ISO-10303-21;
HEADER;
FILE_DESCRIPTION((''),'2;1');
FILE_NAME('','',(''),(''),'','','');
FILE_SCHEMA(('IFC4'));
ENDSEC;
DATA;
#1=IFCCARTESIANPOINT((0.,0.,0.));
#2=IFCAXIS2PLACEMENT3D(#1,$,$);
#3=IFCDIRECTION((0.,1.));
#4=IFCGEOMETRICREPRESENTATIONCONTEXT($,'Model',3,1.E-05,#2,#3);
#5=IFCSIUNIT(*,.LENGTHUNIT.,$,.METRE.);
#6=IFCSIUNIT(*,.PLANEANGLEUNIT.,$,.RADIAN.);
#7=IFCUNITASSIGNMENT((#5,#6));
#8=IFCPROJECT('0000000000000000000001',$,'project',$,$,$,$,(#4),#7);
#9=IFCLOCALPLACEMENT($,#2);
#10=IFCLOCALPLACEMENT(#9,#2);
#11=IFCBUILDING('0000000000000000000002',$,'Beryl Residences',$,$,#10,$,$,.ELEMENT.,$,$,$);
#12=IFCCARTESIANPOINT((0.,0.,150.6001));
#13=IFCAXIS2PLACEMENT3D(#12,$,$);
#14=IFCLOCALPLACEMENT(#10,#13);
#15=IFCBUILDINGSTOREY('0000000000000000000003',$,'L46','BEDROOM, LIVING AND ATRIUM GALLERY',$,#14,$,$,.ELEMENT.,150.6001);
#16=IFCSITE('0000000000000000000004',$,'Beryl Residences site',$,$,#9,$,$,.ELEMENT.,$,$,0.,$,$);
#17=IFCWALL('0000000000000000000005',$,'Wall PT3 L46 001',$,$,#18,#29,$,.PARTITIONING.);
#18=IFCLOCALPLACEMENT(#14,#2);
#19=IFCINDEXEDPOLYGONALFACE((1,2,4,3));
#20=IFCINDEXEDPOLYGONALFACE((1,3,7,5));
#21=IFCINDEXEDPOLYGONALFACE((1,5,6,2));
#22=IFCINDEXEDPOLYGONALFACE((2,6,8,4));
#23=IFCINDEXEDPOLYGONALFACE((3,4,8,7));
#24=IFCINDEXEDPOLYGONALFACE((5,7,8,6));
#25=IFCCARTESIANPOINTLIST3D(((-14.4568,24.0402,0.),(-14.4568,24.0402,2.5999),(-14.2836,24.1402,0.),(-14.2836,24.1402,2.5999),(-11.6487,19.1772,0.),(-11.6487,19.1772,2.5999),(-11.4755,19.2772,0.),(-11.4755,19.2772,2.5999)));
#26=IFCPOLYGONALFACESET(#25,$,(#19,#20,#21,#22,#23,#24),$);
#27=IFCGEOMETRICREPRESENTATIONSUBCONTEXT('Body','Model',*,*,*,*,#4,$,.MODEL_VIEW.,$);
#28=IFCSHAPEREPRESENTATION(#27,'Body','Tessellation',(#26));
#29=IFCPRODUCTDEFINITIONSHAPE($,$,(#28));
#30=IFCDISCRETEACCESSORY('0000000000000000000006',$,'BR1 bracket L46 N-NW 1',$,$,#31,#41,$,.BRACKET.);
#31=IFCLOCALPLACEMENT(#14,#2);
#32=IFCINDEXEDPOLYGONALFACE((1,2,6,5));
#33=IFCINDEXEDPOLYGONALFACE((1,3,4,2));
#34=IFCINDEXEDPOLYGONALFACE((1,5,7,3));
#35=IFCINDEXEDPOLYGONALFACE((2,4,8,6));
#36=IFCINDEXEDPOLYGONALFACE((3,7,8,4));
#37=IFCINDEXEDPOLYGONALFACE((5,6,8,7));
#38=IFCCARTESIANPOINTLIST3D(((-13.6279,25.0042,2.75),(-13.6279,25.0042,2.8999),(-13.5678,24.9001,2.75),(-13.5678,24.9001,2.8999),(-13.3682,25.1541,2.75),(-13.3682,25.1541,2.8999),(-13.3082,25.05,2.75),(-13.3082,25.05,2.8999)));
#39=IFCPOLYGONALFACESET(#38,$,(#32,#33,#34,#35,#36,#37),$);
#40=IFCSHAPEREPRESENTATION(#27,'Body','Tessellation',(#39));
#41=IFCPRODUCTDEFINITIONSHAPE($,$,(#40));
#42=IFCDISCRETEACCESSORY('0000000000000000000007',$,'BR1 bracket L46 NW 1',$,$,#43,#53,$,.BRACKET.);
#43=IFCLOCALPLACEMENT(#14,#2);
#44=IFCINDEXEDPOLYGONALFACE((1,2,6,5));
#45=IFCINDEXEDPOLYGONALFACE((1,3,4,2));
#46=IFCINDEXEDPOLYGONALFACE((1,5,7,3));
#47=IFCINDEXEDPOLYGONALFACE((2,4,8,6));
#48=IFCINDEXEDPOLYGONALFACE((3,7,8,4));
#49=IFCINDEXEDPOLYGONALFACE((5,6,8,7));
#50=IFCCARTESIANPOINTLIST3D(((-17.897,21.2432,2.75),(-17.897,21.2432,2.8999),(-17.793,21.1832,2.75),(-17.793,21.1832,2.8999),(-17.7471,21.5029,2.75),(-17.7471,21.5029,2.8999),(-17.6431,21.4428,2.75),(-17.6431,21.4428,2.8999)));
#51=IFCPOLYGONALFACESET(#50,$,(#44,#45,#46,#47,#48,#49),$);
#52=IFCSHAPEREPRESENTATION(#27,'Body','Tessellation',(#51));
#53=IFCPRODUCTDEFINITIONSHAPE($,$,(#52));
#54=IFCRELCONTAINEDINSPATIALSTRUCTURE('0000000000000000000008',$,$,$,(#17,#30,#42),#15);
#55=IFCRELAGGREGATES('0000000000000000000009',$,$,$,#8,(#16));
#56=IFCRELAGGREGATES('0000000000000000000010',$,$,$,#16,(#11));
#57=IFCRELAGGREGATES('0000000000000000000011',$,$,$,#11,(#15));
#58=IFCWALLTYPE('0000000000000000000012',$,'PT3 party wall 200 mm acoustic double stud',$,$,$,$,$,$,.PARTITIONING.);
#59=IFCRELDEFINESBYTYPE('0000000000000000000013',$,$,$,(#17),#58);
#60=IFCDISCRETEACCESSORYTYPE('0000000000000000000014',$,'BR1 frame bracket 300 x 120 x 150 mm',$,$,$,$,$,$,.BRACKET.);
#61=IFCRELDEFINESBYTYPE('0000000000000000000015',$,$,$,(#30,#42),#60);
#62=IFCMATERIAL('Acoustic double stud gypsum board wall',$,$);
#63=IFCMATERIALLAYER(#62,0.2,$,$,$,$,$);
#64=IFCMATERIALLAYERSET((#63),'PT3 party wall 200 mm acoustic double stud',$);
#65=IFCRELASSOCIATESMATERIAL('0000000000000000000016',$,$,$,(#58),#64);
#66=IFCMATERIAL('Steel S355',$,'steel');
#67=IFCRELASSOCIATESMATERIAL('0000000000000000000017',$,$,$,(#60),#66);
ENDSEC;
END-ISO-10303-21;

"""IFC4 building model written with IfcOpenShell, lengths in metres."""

from ifc_helpers import new_model, si_unit, direction, frame, frame_2d, origin, place, context, subcontext, project, spatial, polyline, rectangle, outline, extrude, source, transform, mapped, material, layer, layer_set, type_object, type_shapes, element, save


model = new_model("IFC4")

# Units and contexts
model_context = context("Model", 3, precision=1e-05, world=origin(), true_north=direction((0.0, 1.0)))
body_context = subcontext(model_context, "Body", "Model", "MODEL_VIEW")
ifc_project = project(units=[si_unit("LENGTHUNIT", "METRE"), si_unit("PLANEANGLEUNIT", "RADIAN")], contexts=[model_context])

# Site, building, storey
site_placement = place(None, origin())
site = spatial("IfcSite", under=ifc_project, at=site_placement, Name="Beryl Residences site", CompositionType="ELEMENT", RefElevation=0.0)
building_placement = place(site_placement, origin())
building = spatial("IfcBuilding", under=site, at=building_placement, Name="Beryl Residences", CompositionType="ELEMENT")
storey_placement = place(building_placement, frame((0.0, 0.0, 150.6001)))
storey = spatial("IfcBuildingStorey", under=building, at=storey_placement, Name="L46", Description="BEDROOM, LIVING AND ATRIUM GALLERY", CompositionType="ELEMENT", Elevation=150.6001)

# Wall
ifc_material_1 = material(Name="Acoustic double stud gypsum board wall")
ifc_layer_1 = layer(ifc_material_1, 0.2)
ifc_layer_set_1 = layer_set([ifc_layer_1], Name="PT3 party wall 200 mm acoustic double stud")
wall_type_1 = type_object("IfcWallType", Name="PT3 party wall 200 mm acoustic double stud", PredefinedType="PARTITIONING", material=ifc_layer_set_1)
wall_1_placement = place(storey_placement, frame((-14.3701, 24.0901, 0.0), z_axis=(0.0, 0.0, 1.0), x_axis=(0.500057, -0.865992, 0.0)))
element("IfcWall", 1, at=wall_1_placement, inside=storey, type_object=wall_type_1, Name="Wall PT3 L46 001", PredefinedType="PARTITIONING", context=body_context, shape_type="SweptSolid", body=[
    extrude(rectangle(XDim=5.6155, YDim=0.2, at=frame_2d((2.8076, 0.0))), origin(), (0.0, 0.0, 1.0), 2.5999),
])

# Discrete accessories
ifc_material_2 = material(Name="Steel S355", Category="steel")
discrete_accessory_type = type_object("IfcDiscreteAccessoryType", Name="BR1 frame bracket 300 x 120 x 150 mm", PredefinedType="BRACKET", material=ifc_material_2)
shared_shape_1 = source(origin(), body_context, "Body", "SweptSolid", [
    extrude(outline(polyline([(-0.1499, 0.0), (0.1499, 0.0), (0.1499, 0.1201), (-0.1499, 0.1201), (-0.1499, 0.0)])), origin(), (0.0, 0.0, 1.0), 0.1499),
])
type_shapes(discrete_accessory_type, [shared_shape_1])
for number, where, z_axis, x_axis, name in (
    (2, (-13.438, 24.9751, 2.75), (0.0, 0.0, 1.0), (0.866025, 0.5, 0.0), "BR1 bracket L46 N-NW 1"),
    (3, (-17.718, 21.313, 2.75), (0.0, 0.0, 1.0), (0.5, 0.866025, 0.0), "BR1 bracket L46 NW 1"),
):
    element("IfcDiscreteAccessory", number, at=place(storey_placement, frame(where, z_axis=z_axis, x_axis=x_axis)), inside=storey, type_object=discrete_accessory_type, Name=name, PredefinedType="BRACKET", context=body_context, shape_type="MappedRepresentation", body=[
        mapped(shared_shape_1, transform((0.0, 0.0, 0.0))),
    ])

save(model, "model.ifc")
